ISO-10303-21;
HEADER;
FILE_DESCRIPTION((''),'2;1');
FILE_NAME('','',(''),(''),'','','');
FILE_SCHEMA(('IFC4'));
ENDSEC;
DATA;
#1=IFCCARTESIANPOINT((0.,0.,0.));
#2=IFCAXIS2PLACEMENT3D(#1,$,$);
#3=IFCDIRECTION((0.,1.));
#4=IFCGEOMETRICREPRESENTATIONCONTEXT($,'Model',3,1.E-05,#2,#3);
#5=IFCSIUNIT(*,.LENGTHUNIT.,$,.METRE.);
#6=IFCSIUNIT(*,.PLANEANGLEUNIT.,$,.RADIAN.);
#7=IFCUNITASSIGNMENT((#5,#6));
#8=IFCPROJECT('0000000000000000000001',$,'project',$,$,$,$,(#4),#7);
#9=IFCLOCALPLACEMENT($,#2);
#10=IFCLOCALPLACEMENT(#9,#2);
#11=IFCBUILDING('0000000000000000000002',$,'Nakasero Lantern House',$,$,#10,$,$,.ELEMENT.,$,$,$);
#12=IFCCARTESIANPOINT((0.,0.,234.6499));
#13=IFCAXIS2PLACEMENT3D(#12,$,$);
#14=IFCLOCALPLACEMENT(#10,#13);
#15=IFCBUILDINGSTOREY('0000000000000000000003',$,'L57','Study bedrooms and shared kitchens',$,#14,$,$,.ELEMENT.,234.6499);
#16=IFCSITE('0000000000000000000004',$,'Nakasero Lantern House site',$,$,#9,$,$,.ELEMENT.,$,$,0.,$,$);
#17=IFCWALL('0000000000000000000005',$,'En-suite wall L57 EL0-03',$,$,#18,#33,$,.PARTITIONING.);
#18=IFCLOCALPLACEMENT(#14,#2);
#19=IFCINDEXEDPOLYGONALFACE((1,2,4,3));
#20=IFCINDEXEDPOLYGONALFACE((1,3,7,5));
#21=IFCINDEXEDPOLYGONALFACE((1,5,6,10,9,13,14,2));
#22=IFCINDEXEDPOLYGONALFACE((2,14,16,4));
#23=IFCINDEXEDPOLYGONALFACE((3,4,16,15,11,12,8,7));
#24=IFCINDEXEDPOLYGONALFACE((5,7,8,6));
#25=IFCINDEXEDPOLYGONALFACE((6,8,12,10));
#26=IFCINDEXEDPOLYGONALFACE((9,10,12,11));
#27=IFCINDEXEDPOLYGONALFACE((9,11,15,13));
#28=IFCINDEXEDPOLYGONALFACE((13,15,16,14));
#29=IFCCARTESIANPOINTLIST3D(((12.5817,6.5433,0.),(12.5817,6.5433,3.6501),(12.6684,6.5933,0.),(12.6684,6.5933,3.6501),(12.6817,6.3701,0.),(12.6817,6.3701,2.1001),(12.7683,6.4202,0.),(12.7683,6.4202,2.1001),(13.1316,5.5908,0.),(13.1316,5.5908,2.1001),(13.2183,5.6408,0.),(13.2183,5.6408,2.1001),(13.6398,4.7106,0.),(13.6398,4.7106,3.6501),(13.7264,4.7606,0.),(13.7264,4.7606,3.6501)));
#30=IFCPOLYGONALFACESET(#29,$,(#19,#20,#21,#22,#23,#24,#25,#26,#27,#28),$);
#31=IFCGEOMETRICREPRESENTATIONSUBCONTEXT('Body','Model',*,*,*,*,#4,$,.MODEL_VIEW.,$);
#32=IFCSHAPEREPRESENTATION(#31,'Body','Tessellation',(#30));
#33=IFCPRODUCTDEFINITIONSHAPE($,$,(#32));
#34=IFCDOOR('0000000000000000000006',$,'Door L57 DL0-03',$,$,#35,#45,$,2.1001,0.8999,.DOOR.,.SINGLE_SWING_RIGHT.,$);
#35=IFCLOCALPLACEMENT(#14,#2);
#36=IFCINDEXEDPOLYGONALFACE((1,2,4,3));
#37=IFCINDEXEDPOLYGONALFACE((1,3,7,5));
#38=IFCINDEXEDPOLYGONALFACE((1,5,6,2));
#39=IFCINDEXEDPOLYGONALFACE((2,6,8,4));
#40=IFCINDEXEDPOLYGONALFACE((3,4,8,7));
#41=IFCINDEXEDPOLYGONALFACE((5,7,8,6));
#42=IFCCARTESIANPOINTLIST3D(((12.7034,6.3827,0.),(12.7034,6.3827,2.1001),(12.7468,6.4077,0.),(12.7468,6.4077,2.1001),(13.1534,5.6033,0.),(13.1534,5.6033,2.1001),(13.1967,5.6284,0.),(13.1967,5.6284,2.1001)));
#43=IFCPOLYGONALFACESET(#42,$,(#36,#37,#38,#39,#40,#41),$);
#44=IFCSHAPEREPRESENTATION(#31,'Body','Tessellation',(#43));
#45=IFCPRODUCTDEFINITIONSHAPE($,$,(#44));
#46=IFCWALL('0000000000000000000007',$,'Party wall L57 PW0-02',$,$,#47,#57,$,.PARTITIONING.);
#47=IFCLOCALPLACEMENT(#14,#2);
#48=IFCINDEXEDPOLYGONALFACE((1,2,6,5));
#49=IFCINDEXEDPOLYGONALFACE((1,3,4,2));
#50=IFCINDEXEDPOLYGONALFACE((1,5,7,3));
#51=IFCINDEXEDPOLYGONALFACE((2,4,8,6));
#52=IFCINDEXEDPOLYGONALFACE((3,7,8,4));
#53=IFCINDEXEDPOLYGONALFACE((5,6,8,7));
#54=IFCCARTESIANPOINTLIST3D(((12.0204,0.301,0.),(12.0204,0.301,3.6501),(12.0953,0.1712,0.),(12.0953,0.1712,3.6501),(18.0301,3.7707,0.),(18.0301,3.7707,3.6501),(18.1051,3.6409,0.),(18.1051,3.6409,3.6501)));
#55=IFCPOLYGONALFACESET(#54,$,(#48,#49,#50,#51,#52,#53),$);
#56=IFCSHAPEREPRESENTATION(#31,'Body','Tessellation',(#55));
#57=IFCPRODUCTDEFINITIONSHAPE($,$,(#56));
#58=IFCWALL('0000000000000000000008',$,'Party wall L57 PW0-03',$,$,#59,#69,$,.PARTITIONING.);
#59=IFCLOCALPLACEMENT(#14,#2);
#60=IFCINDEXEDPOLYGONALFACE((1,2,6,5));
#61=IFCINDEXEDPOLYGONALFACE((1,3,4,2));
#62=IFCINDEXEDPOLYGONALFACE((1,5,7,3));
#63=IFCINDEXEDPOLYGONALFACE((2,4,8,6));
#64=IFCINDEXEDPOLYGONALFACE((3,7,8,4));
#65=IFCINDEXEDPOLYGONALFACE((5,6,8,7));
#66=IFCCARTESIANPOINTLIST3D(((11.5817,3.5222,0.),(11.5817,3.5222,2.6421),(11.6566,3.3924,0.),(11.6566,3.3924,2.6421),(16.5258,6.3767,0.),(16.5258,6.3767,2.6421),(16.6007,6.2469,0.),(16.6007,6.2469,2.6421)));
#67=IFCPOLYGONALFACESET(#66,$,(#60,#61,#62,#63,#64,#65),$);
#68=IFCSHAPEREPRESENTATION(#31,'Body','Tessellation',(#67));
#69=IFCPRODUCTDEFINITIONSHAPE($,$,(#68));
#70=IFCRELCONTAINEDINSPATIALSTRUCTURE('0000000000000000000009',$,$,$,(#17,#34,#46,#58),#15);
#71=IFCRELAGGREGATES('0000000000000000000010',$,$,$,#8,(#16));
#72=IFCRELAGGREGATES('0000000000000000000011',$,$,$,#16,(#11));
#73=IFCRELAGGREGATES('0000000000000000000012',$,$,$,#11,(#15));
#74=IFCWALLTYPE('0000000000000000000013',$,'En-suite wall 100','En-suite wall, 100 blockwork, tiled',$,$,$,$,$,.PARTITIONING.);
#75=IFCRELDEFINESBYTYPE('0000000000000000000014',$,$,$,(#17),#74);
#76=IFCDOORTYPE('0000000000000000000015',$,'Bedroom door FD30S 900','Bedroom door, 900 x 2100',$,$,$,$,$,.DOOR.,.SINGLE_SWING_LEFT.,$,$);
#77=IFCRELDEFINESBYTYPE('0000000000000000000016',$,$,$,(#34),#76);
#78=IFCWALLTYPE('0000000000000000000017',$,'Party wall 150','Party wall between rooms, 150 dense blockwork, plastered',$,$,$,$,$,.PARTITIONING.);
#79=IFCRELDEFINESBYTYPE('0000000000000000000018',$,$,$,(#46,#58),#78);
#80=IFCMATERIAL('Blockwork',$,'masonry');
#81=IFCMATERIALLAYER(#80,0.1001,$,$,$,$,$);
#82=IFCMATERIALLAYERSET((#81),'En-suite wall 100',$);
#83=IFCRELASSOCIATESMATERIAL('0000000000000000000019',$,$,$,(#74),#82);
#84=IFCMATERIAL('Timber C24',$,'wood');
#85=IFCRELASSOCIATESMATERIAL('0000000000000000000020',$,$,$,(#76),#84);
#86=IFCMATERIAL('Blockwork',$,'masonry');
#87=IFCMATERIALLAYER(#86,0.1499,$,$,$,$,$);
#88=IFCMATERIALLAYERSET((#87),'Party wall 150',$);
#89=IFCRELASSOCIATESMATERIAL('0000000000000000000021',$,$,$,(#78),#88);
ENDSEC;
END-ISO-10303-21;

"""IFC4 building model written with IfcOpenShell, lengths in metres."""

from ifc_helpers import new_model, si_unit, direction, frame, frame_2d, origin, place, context, subcontext, project, spatial, rectangle, extrude, material, layer, layer_set, type_object, element, fill, save


model = new_model("IFC4")

# Units and contexts
model_context = context("Model", 3, precision=1e-05, world=origin(), true_north=direction((0.0, 1.0)))
body_context = subcontext(model_context, "Body", "Model", "MODEL_VIEW")
ifc_project = project(units=[si_unit("LENGTHUNIT", "METRE"), si_unit("PLANEANGLEUNIT", "RADIAN")], contexts=[model_context])

# Site, building, storey
site_placement = place(None, origin())
site = spatial("IfcSite", under=ifc_project, at=site_placement, Name="Nakasero Lantern House site", CompositionType="ELEMENT", RefElevation=0.0)
building_placement = place(site_placement, origin())
building = spatial("IfcBuilding", under=site, at=building_placement, Name="Nakasero Lantern House", CompositionType="ELEMENT")
storey_placement = place(building_placement, frame((0.0, 0.0, 234.6499)))
storey = spatial("IfcBuildingStorey", under=building, at=storey_placement, Name="L57", Description="Study bedrooms and shared kitchens", CompositionType="ELEMENT", Elevation=234.6499)

# Shared definitions
ifc_material_1 = material(Name="Blockwork", Category="masonry")
ifc_layer_1 = layer(ifc_material_1, 0.1001)
ifc_layer_set_1 = layer_set([ifc_layer_1], Name="En-suite wall 100")
wall_type_1 = type_object("IfcWallType", Name="En-suite wall 100", Description="En-suite wall, 100 blockwork, tiled", PredefinedType="PARTITIONING", material=ifc_layer_set_1)

# Wall, opening, door
wall_1_placement = place(storey_placement, frame((13.6831, 4.7356, 0.0), z_axis=(0.0, 0.0, 1.0), x_axis=(-0.499985, 0.866034, 0.0)))
wall_1 = element("IfcWall", 1, at=wall_1_placement, inside=storey, type_object=wall_type_1, Name="En-suite wall L57 EL0-03", PredefinedType="PARTITIONING", context=body_context, shape_type="SweptSolid", body=[
    extrude(rectangle(XDim=2.1162, YDim=0.1001, at=frame_2d((1.0581, 0.0))), origin(), (0.0, 0.0, 1.0), 3.6501),
])
opening_1_placement = place(wall_1_placement, frame((1.0164, 0.0, 0.0)))
opening_1 = element("IfcOpeningElement", 2, at=opening_1_placement, cuts=wall_1, PredefinedType="OPENING", context=body_context, shape_type="SweptSolid", body=[
    extrude(rectangle(XDim=0.8999, YDim=2.1001, at=frame_2d((0.45, 1.05))), frame((0.0, 0.0701, 0.0), z_axis=(0.0, -1.0, 0.0), x_axis=(1.0, 0.0, 0.0)), (0.0, 0.0, 1.0), 0.1401),
])
ifc_material_2 = material(Name="Timber C24", Category="wood")
door_type_1 = type_object("IfcDoorType", Name="Bedroom door FD30S 900", Description="Bedroom door, 900 x 2100", OperationType="SINGLE_SWING_LEFT", PredefinedType="DOOR", material=ifc_material_2)
door_1_placement = place(opening_1_placement, origin())
door_1 = element("IfcDoor", 3, at=door_1_placement, inside=storey, type_object=door_type_1, Name="Door L57 DL0-03", OperationType="SINGLE_SWING_RIGHT", OverallHeight=2.1001, OverallWidth=0.8999, PredefinedType="DOOR", context=body_context, shape_type="SweptSolid", body=[
    extrude(rectangle(XDim=0.8999, YDim=2.1001, at=frame_2d((0.45, 1.05))), frame((0.0, 0.0249, 0.0), z_axis=(0.0, -1.0, 0.0), x_axis=(1.0, 0.0, 0.0)), (0.0, 0.0, 1.0), 0.05),
])
fill(opening_1, door_1)

# Walls
ifc_material_3 = material(Name="Blockwork", Category="masonry")
ifc_layer_2 = layer(ifc_material_3, 0.1499)
ifc_layer_set_2 = layer_set([ifc_layer_2], Name="Party wall 150")
wall_type_2 = type_object("IfcWallType", Name="Party wall 150", Description="Party wall between rooms, 150 dense blockwork, plastered", PredefinedType="PARTITIONING", material=ifc_layer_set_2)
wall_2_placement = place(storey_placement, frame((12.0579, 0.2361, 0.0), z_axis=(0.0, 0.0, 1.0), x_axis=(0.866026, 0.499999, 0.0)))
element("IfcWall", 4, at=wall_2_placement, inside=storey, type_object=wall_type_2, Name="Party wall L57 PW0-02", PredefinedType="PARTITIONING", context=body_context, shape_type="SweptSolid", body=[
    extrude(rectangle(XDim=6.9395, YDim=0.1499, at=frame_2d((3.4697, 0.0))), origin(), (0.0, 0.0, 1.0), 3.6501),
])
wall_3_placement = place(storey_placement, frame((11.6191, 3.4573, 0.0), z_axis=(0.0, 0.0, 1.0), x_axis=(0.866024, 0.500003, 0.0)))
element("IfcWall", 5, at=wall_3_placement, inside=storey, type_object=wall_type_2, Name="Party wall L57 PW0-03", PredefinedType="PARTITIONING", context=body_context, shape_type="SweptSolid", body=[
    extrude(rectangle(XDim=5.709, YDim=0.1499, at=frame_2d((2.8545, 0.0))), origin(), (0.0, 0.0, 1.0), 2.6421),
])

save(model, "model.ifc")
